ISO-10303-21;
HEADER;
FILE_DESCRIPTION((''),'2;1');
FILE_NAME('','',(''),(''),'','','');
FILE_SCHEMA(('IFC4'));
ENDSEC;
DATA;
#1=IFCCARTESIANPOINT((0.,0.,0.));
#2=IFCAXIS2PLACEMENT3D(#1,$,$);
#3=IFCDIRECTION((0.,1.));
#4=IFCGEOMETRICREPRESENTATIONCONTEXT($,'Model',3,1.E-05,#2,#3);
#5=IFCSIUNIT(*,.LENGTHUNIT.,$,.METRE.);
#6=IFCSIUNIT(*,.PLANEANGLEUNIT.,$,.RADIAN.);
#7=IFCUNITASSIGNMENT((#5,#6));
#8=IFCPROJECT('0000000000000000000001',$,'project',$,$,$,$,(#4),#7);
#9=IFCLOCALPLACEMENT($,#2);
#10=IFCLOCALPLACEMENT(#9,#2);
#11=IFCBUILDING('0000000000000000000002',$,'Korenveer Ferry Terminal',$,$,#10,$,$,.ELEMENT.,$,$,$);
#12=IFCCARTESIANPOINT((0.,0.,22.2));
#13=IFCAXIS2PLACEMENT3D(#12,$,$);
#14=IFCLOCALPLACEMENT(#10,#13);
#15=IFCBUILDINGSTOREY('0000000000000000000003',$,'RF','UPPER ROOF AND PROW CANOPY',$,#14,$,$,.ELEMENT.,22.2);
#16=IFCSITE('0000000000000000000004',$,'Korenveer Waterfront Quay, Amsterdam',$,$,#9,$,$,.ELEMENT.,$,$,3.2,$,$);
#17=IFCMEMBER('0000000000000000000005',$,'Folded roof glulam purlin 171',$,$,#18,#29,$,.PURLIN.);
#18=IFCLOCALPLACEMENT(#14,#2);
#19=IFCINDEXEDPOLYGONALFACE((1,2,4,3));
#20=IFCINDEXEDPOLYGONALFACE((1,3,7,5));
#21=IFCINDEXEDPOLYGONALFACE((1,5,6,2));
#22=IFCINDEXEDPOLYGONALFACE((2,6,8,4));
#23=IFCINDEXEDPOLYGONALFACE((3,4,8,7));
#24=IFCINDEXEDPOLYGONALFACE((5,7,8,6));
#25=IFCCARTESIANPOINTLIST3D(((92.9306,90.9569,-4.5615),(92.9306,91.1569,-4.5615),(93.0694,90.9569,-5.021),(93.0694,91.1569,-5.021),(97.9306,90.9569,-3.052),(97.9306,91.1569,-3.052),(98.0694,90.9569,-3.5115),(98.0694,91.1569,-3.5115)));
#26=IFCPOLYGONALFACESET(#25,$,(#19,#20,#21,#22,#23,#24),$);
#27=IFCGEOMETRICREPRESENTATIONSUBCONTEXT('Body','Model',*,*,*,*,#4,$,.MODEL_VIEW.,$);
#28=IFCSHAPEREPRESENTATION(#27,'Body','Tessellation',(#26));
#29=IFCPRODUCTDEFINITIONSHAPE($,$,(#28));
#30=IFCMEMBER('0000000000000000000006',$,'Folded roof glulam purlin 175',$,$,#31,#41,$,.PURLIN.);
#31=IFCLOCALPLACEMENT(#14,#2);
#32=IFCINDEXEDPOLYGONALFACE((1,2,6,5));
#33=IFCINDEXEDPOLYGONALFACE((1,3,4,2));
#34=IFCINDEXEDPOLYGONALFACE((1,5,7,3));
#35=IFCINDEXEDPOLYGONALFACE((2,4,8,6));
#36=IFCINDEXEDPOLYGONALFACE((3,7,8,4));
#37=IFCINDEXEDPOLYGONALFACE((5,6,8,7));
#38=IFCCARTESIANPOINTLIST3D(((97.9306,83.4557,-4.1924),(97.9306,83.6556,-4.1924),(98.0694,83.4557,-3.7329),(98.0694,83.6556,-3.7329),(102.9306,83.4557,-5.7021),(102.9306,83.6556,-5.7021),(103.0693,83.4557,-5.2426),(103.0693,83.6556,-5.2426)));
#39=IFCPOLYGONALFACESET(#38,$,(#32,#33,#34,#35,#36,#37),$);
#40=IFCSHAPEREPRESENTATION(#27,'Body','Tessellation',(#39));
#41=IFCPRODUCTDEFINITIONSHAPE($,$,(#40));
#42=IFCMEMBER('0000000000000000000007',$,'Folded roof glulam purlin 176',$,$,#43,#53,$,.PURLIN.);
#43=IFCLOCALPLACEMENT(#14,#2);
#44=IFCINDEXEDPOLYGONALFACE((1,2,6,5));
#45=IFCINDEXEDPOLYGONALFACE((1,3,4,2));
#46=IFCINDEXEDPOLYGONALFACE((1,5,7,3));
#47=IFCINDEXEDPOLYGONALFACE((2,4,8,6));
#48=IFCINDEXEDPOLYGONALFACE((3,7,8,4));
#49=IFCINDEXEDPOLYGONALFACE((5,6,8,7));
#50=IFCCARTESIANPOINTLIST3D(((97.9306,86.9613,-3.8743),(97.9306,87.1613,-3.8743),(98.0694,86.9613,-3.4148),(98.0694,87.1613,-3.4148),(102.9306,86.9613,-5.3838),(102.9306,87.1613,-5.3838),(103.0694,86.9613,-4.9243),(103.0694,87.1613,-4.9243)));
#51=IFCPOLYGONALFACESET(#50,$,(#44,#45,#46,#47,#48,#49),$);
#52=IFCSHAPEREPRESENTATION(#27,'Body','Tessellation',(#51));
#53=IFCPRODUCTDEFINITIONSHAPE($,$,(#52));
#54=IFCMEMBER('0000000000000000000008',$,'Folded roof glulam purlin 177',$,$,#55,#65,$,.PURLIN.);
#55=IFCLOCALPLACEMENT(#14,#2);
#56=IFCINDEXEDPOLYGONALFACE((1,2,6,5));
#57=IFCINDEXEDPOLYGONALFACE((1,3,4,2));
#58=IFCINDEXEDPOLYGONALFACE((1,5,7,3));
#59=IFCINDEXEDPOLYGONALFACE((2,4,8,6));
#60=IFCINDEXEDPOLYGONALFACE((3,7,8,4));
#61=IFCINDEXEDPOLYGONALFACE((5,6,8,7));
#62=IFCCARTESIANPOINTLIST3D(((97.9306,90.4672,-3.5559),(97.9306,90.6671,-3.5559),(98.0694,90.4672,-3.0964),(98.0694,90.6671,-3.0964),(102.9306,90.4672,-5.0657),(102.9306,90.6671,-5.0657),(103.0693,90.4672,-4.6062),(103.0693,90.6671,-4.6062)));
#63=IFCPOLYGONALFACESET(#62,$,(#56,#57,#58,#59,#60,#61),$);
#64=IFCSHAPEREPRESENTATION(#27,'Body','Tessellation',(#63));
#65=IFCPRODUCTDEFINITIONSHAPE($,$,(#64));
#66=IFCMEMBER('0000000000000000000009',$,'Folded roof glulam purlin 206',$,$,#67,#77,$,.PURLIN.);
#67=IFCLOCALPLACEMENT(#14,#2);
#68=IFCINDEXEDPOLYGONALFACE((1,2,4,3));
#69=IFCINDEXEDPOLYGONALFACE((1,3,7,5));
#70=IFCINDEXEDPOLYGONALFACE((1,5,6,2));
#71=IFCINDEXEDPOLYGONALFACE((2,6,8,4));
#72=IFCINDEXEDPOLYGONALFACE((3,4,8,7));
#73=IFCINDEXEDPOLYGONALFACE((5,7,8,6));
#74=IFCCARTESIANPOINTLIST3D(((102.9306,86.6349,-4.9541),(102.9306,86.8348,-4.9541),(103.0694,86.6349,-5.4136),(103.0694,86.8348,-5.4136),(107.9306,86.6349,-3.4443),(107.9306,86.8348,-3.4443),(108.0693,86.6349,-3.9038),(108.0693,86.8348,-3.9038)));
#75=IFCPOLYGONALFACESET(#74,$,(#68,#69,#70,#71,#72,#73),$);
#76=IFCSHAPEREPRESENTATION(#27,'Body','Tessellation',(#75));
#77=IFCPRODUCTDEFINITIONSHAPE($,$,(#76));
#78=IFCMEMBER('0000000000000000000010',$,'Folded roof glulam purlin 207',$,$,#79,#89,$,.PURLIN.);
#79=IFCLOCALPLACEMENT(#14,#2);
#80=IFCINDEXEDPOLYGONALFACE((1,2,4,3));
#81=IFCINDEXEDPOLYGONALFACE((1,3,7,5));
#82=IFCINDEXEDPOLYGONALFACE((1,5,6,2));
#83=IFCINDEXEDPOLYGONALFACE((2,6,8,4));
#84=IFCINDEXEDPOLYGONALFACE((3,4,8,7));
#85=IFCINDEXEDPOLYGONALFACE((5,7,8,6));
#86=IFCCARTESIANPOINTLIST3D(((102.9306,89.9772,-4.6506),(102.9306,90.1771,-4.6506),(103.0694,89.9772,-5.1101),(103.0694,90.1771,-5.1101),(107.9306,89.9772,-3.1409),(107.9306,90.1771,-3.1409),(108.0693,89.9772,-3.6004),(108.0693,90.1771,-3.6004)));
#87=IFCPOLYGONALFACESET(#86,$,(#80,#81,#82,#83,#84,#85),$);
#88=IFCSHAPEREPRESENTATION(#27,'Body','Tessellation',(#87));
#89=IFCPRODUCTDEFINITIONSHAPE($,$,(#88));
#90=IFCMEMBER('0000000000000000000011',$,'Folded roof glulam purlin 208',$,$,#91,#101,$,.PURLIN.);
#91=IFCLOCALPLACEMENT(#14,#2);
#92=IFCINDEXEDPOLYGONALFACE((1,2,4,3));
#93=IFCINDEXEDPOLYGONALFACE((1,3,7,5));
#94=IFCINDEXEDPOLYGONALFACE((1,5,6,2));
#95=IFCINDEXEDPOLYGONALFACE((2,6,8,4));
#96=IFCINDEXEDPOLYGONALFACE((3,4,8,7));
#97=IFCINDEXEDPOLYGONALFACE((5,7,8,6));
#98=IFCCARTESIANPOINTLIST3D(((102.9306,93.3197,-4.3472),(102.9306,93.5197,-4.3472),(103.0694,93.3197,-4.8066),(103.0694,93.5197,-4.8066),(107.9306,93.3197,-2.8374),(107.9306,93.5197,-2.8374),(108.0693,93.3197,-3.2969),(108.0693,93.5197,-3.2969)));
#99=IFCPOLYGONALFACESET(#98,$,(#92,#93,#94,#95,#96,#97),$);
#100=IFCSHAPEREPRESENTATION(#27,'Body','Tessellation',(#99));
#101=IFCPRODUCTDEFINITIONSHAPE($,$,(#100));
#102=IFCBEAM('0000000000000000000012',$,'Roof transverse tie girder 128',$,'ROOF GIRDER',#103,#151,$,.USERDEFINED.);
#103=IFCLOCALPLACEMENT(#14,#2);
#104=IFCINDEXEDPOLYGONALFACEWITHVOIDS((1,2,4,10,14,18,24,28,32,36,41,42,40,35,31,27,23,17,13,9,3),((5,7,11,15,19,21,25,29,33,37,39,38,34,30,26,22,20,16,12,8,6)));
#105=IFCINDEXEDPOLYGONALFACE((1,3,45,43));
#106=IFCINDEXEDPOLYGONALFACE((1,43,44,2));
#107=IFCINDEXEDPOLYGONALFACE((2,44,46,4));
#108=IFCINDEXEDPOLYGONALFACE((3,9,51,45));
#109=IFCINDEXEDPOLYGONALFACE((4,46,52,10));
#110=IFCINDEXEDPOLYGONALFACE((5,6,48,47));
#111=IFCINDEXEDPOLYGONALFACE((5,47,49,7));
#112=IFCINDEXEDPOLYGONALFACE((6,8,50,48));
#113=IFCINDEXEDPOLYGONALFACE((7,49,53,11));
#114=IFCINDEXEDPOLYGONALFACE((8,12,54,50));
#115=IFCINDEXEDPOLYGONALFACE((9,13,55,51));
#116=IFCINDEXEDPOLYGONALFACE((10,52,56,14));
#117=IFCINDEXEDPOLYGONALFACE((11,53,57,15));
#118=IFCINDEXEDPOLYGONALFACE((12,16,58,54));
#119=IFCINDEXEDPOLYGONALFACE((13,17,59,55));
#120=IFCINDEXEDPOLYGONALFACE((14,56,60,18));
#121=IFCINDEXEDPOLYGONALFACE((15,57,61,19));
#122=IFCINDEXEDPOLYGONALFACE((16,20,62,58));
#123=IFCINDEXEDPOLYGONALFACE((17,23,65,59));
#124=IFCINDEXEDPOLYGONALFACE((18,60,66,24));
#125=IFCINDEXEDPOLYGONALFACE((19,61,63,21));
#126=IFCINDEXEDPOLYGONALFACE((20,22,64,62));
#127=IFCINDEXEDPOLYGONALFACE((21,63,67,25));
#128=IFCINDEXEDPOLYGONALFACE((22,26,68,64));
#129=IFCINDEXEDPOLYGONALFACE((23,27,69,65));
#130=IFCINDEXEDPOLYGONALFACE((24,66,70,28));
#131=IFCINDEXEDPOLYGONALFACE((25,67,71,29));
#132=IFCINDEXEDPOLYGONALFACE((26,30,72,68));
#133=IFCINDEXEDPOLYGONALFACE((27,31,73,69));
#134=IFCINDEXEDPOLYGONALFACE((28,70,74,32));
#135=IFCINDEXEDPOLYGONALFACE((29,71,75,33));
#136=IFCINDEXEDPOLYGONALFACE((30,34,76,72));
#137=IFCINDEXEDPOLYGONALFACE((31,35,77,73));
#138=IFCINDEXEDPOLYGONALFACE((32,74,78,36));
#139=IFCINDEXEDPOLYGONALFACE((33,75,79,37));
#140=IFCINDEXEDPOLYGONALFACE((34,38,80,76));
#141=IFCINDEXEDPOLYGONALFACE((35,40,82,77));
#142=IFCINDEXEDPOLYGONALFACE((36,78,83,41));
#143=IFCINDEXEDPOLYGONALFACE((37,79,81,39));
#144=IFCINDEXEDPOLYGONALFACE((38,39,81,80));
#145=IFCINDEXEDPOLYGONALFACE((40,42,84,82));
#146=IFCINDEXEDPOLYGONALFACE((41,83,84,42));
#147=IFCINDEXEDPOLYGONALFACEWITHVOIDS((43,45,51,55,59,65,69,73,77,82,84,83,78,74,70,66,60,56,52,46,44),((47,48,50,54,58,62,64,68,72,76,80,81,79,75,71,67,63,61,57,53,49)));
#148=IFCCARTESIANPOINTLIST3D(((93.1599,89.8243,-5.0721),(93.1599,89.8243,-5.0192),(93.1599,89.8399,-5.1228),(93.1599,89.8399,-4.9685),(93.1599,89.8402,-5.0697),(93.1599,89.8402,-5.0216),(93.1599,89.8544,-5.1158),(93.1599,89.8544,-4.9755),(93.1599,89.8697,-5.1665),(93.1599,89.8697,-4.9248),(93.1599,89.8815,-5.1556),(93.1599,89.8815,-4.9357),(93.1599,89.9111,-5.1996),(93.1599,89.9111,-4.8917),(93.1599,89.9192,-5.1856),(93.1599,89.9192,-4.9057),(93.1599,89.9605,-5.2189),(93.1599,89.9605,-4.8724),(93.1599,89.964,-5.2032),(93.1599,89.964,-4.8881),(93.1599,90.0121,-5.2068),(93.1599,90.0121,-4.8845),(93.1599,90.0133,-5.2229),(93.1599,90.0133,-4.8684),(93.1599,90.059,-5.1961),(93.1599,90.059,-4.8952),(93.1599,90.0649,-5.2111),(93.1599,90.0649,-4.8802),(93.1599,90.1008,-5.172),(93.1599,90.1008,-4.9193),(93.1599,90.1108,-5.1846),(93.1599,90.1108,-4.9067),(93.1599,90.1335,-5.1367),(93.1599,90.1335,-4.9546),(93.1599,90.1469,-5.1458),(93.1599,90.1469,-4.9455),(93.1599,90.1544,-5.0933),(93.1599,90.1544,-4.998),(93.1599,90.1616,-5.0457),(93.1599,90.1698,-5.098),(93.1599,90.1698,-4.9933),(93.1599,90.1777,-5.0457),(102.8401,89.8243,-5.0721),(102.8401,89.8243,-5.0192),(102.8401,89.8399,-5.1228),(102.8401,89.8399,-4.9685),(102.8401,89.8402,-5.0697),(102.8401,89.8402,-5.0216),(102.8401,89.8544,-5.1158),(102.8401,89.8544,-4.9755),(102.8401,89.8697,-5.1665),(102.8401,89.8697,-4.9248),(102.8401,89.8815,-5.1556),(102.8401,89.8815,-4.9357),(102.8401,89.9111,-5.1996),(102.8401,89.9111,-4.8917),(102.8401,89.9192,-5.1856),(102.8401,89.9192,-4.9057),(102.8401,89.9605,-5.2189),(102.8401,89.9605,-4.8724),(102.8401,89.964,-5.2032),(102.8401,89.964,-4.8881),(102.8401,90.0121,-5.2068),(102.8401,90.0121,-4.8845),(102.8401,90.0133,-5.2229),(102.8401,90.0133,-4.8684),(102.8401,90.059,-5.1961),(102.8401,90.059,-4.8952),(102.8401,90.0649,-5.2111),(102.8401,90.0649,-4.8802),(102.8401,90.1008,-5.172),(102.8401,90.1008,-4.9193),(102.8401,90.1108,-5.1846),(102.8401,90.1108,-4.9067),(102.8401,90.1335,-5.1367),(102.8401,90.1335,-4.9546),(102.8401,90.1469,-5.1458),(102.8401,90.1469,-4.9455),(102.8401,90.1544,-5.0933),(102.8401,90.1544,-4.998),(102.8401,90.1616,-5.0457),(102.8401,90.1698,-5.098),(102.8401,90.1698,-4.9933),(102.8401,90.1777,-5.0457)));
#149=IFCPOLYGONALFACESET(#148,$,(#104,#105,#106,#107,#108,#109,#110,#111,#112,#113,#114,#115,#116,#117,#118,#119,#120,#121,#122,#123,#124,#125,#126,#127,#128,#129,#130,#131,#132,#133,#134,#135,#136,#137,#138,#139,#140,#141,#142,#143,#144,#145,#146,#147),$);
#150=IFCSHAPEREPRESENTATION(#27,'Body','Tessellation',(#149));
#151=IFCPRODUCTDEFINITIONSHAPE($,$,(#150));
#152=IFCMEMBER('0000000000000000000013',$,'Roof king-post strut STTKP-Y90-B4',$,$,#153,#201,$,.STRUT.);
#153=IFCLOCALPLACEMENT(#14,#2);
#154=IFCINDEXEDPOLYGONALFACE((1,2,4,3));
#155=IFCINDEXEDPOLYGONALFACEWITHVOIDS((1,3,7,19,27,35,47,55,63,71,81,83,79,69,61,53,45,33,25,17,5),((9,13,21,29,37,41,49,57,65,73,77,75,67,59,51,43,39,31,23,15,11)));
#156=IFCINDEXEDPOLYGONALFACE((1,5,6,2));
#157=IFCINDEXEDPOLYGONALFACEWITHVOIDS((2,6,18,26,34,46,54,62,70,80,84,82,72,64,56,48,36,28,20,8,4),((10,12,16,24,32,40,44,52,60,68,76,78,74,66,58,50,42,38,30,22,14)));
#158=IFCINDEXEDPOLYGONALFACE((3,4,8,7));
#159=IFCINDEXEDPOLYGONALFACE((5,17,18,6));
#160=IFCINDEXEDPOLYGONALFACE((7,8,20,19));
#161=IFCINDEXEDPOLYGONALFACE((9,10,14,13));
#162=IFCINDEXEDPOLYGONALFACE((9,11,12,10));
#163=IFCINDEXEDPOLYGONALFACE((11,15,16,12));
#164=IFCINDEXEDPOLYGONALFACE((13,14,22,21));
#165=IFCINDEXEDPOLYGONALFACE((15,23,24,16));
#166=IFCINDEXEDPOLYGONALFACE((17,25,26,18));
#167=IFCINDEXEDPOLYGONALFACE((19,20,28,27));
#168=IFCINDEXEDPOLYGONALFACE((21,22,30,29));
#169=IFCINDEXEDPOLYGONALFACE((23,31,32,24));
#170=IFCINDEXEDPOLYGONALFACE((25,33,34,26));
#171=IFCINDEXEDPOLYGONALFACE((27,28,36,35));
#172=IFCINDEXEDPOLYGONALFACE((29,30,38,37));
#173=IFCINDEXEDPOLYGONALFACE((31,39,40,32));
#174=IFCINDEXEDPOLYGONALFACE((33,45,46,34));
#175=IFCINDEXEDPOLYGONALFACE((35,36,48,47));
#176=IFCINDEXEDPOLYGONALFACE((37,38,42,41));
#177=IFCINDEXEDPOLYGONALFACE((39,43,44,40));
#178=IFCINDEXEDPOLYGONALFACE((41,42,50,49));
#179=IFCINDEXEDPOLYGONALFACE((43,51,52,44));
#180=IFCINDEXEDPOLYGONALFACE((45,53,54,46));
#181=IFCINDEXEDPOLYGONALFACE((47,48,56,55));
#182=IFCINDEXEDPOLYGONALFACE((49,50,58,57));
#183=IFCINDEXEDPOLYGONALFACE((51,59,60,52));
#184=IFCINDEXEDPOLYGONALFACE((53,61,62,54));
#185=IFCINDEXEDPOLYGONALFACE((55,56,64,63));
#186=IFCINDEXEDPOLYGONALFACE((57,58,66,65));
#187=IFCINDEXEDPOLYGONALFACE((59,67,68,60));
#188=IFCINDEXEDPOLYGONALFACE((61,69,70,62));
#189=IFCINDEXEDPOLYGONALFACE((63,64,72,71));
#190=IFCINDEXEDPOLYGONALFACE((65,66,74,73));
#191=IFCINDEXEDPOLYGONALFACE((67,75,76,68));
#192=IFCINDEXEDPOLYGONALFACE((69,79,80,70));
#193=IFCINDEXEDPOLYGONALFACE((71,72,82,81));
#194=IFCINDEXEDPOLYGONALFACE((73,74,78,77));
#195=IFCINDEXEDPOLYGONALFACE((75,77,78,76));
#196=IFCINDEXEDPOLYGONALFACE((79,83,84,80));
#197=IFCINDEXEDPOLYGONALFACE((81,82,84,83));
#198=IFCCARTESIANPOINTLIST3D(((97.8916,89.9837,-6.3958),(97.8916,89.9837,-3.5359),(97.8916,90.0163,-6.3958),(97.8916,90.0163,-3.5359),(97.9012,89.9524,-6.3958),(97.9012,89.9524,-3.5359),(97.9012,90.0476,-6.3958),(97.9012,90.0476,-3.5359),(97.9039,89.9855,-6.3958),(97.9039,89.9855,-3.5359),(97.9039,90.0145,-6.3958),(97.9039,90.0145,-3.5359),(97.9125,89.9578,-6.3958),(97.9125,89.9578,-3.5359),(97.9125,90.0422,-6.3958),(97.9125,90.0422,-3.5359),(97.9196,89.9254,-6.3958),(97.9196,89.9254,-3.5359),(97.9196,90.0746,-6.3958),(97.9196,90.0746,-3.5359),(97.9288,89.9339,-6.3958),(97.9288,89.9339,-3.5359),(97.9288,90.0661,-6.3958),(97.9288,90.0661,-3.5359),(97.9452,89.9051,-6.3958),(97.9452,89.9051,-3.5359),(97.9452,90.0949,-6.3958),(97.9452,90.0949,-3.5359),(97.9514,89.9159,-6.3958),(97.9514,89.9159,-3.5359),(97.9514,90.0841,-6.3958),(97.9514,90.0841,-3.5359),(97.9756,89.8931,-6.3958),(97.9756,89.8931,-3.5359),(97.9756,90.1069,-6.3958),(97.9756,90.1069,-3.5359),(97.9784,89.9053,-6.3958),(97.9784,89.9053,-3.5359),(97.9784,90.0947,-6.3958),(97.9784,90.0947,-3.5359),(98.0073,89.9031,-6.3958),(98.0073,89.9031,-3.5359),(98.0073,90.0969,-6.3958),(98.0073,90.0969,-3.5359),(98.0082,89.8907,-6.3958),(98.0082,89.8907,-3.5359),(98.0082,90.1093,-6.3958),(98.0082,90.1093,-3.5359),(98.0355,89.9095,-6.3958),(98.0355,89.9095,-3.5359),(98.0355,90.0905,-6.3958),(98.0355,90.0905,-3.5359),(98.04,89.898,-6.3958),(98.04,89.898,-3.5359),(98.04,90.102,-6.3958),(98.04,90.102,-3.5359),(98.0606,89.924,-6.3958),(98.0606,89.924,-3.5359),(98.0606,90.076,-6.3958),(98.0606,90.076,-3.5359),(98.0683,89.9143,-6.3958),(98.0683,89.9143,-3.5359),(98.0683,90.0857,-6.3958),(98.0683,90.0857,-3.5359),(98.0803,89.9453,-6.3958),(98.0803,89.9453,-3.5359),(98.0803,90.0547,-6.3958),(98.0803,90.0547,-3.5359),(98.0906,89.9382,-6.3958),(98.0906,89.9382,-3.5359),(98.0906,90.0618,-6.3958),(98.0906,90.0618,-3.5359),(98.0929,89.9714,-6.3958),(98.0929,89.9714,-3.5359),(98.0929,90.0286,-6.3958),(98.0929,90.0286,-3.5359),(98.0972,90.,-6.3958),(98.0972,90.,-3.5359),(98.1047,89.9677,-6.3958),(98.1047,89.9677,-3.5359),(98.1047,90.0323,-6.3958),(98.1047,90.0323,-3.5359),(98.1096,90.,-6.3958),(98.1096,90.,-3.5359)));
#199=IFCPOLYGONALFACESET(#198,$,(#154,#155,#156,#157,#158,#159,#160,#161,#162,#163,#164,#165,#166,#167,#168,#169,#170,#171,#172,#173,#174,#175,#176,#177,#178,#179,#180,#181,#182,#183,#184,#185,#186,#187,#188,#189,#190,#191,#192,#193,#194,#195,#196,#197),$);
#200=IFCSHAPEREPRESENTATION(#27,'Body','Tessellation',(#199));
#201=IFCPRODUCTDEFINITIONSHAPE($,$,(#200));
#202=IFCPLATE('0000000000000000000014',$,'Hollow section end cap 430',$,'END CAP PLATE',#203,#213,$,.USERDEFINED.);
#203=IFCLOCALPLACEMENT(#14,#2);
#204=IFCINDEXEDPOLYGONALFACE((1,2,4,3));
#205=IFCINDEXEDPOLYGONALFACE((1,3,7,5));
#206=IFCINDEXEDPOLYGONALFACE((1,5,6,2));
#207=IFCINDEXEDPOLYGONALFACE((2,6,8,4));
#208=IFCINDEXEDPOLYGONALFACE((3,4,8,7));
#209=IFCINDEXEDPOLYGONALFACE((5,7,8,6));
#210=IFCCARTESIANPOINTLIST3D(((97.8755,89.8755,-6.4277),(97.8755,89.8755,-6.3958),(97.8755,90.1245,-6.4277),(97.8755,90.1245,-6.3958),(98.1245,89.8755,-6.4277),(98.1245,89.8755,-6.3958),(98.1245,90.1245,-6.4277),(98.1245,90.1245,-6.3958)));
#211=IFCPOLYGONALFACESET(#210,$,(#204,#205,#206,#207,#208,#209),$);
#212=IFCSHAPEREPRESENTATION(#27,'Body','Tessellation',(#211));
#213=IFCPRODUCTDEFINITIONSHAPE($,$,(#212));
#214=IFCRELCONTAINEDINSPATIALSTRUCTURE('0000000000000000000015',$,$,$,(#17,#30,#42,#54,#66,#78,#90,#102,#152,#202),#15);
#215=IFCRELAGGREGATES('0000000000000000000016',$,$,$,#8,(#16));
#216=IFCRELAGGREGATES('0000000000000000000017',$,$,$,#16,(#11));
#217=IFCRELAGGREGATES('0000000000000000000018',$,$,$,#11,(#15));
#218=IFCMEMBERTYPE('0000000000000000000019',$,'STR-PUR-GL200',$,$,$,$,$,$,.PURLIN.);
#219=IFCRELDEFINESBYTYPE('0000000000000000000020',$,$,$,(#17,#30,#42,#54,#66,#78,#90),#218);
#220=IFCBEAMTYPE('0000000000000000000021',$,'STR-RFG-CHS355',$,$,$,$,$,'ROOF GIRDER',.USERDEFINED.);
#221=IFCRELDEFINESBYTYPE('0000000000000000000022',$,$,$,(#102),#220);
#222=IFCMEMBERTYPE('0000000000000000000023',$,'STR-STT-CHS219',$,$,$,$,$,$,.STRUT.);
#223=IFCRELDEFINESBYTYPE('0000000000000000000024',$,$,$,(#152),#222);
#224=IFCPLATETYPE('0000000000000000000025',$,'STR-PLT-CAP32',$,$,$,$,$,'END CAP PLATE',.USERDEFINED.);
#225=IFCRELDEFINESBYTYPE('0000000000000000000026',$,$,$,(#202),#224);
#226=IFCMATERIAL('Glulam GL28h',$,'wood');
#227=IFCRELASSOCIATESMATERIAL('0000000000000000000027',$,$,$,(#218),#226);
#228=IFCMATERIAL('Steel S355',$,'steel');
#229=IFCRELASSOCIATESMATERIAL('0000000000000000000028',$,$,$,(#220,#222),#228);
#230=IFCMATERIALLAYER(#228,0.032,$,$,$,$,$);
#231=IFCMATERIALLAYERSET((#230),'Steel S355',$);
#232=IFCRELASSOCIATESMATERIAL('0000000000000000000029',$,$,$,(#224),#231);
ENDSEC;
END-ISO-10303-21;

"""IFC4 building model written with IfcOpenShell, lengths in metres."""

from ifc_helpers import new_model, si_unit, direction, frame, origin, origin_2d, place, context, subcontext, project, spatial, rectangle, hollow_circle, extrude, material, layer, layer_set, material_profile, profile_set, type_object, element, save


model = new_model("IFC4")

# Units and contexts
model_context = context("Model", 3, precision=1e-05, world=origin(), true_north=direction((0.0, 1.0)))
body_context = subcontext(model_context, "Body", "Model", "MODEL_VIEW")
ifc_project = project(units=[si_unit("LENGTHUNIT", "METRE"), si_unit("PLANEANGLEUNIT", "RADIAN")], contexts=[model_context])

# Site, building, storey
site_placement = place(None, origin())
site = spatial("IfcSite", under=ifc_project, at=site_placement, Name="Korenveer Waterfront Quay, Amsterdam", CompositionType="ELEMENT", RefElevation=3.2)
building_placement = place(site_placement, origin())
building = spatial("IfcBuilding", under=site, at=building_placement, Name="Korenveer Ferry Terminal", CompositionType="ELEMENT")
storey_placement = place(building_placement, frame((0.0, 0.0, 22.2)))
storey = spatial("IfcBuildingStorey", under=building, at=storey_placement, Name="RF", Description="UPPER ROOF AND PROW CANOPY", CompositionType="ELEMENT", Elevation=22.2)

# Members
ifc_material_1 = material(Name="Glulam GL28h", Category="wood")
ifc_material_profile_1 = material_profile(ifc_material_1, rectangle(XDim=0.2, YDim=0.48, at=origin_2d()), Name="GL 200x480")
ifc_profile_set_1 = profile_set([ifc_material_profile_1], Name="Glulam GL28h")
member_type_1 = type_object("IfcMemberType", Name="STR-PUR-GL200", PredefinedType="PURLIN", material=ifc_profile_set_1)
for number, where, z_axis, x_axis, name in (
    (1, (93.0, 91.0569, -4.7913), (0.957323, 0.0, 0.28902), (0.0, 1.0, 0.0), "Folded roof glulam purlin 171"),
    (2, (98.0, 83.5557, -3.9626), (0.95731, 0.0, -0.289063), (0.0, 1.0, 0.0), "Folded roof glulam purlin 175"),
    (3, (98.0, 87.0613, -3.6445), (0.957323, 0.0, -0.28902), (0.0, 1.0, 0.0), "Folded roof glulam purlin 176"),
    (4, (98.0, 90.5671, -3.3262), (0.95731, 0.0, -0.289063), (0.0, 1.0, 0.0), "Folded roof glulam purlin 177"),
    (5, (103.0, 86.7349, -5.1838), (0.95731, 0.0, 0.289063), (0.0, 1.0, 0.0), "Folded roof glulam purlin 206"),
    (6, (103.0, 90.0771, -4.8804), (0.95731, 0.0, 0.289063), (0.0, 1.0, 0.0), "Folded roof glulam purlin 207"),
    (7, (103.0, 93.4197, -4.5769), (0.95731, 0.0, 0.289063), (0.0, 1.0, 0.0), "Folded roof glulam purlin 208"),
):
    element("IfcMember", number, at=place(storey_placement, frame(where, z_axis=z_axis, x_axis=x_axis)), inside=storey, type_object=member_type_1, Name=name, PredefinedType="PURLIN", context=body_context, shape_type="SweptSolid", body=[
        extrude(rectangle(XDim=0.2, YDim=0.48, at=origin_2d()), origin(), (0.0, 0.0, 1.0), 5.2229),
    ])

# Beam
ifc_material_2 = material(Name="Steel S355", Category="steel")
ifc_material_profile_2 = material_profile(ifc_material_2, hollow_circle(Radius=0.1777, WallThickness=0.0161, at=origin_2d()), Name="CHS 355.6x16")
ifc_profile_set_2 = profile_set([ifc_material_profile_2], Name="Steel S355")
beam_type = type_object("IfcBeamType", Name="STR-RFG-CHS355", ElementType="ROOF GIRDER", PredefinedType="USERDEFINED", material=ifc_profile_set_2)
beam_placement = place(storey_placement, frame((93.1599, 90.0, -5.0457), z_axis=(1.0, 0.0, 0.0), x_axis=(0.0, 1.0, 0.0)))
element("IfcBeam", 8, at=beam_placement, inside=storey, type_object=beam_type, Name="Roof transverse tie girder 128", ObjectType="ROOF GIRDER", PredefinedType="USERDEFINED", context=body_context, shape_type="SweptSolid", body=[
    extrude(hollow_circle(Radius=0.1777, WallThickness=0.0161, at=origin_2d()), origin(), (0.0, 0.0, 1.0), 9.6802),
])

# Member
ifc_material_profile_3 = material_profile(ifc_material_2, hollow_circle(Radius=0.1096, WallThickness=0.0125, at=origin_2d()), Name="CHS 219.1x12.5")
ifc_profile_set_3 = profile_set([ifc_material_profile_3], Name="Steel S355")
member_type_2 = type_object("IfcMemberType", Name="STR-STT-CHS219", PredefinedType="STRUT", material=ifc_profile_set_3)
member_placement = place(storey_placement, frame((98.0, 90.0, -6.3958), z_axis=(0.0, 0.0, 1.0), x_axis=(1.0, 0.0, 0.0)))
element("IfcMember", 9, at=member_placement, inside=storey, type_object=member_type_2, Name="Roof king-post strut STTKP-Y90-B4", PredefinedType="STRUT", context=body_context, shape_type="SweptSolid", body=[
    extrude(hollow_circle(Radius=0.1096, WallThickness=0.0125, at=origin_2d()), origin(), (0.0, 0.0, 1.0), 2.8599),
])

# Plate
ifc_layer_1 = layer(ifc_material_2, 0.032)
ifc_layer_set_1 = layer_set([ifc_layer_1], Name="Steel S355")
plate_type_1 = type_object("IfcPlateType", Name="STR-PLT-CAP32", ElementType="END CAP PLATE", PredefinedType="USERDEFINED", material=ifc_layer_set_1)
for number, where, z_axis, x_axis, name in (
    (10, (98.0, 90.0, -6.4277), (0.0, 0.0, 1.0), (1.0, 0.0, 0.0), "Hollow section end cap 430"),
):
    element("IfcPlate", number, at=place(storey_placement, frame(where, z_axis=z_axis, x_axis=x_axis)), inside=storey, type_object=plate_type_1, Name=name, ObjectType="END CAP PLATE", PredefinedType="USERDEFINED", context=body_context, shape_type="SweptSolid", body=[
        extrude(rectangle(XDim=0.249, YDim=0.249, at=origin_2d()), origin(), (0.0, 0.0, 1.0), 0.032),
    ])

save(model, "model.ifc")
